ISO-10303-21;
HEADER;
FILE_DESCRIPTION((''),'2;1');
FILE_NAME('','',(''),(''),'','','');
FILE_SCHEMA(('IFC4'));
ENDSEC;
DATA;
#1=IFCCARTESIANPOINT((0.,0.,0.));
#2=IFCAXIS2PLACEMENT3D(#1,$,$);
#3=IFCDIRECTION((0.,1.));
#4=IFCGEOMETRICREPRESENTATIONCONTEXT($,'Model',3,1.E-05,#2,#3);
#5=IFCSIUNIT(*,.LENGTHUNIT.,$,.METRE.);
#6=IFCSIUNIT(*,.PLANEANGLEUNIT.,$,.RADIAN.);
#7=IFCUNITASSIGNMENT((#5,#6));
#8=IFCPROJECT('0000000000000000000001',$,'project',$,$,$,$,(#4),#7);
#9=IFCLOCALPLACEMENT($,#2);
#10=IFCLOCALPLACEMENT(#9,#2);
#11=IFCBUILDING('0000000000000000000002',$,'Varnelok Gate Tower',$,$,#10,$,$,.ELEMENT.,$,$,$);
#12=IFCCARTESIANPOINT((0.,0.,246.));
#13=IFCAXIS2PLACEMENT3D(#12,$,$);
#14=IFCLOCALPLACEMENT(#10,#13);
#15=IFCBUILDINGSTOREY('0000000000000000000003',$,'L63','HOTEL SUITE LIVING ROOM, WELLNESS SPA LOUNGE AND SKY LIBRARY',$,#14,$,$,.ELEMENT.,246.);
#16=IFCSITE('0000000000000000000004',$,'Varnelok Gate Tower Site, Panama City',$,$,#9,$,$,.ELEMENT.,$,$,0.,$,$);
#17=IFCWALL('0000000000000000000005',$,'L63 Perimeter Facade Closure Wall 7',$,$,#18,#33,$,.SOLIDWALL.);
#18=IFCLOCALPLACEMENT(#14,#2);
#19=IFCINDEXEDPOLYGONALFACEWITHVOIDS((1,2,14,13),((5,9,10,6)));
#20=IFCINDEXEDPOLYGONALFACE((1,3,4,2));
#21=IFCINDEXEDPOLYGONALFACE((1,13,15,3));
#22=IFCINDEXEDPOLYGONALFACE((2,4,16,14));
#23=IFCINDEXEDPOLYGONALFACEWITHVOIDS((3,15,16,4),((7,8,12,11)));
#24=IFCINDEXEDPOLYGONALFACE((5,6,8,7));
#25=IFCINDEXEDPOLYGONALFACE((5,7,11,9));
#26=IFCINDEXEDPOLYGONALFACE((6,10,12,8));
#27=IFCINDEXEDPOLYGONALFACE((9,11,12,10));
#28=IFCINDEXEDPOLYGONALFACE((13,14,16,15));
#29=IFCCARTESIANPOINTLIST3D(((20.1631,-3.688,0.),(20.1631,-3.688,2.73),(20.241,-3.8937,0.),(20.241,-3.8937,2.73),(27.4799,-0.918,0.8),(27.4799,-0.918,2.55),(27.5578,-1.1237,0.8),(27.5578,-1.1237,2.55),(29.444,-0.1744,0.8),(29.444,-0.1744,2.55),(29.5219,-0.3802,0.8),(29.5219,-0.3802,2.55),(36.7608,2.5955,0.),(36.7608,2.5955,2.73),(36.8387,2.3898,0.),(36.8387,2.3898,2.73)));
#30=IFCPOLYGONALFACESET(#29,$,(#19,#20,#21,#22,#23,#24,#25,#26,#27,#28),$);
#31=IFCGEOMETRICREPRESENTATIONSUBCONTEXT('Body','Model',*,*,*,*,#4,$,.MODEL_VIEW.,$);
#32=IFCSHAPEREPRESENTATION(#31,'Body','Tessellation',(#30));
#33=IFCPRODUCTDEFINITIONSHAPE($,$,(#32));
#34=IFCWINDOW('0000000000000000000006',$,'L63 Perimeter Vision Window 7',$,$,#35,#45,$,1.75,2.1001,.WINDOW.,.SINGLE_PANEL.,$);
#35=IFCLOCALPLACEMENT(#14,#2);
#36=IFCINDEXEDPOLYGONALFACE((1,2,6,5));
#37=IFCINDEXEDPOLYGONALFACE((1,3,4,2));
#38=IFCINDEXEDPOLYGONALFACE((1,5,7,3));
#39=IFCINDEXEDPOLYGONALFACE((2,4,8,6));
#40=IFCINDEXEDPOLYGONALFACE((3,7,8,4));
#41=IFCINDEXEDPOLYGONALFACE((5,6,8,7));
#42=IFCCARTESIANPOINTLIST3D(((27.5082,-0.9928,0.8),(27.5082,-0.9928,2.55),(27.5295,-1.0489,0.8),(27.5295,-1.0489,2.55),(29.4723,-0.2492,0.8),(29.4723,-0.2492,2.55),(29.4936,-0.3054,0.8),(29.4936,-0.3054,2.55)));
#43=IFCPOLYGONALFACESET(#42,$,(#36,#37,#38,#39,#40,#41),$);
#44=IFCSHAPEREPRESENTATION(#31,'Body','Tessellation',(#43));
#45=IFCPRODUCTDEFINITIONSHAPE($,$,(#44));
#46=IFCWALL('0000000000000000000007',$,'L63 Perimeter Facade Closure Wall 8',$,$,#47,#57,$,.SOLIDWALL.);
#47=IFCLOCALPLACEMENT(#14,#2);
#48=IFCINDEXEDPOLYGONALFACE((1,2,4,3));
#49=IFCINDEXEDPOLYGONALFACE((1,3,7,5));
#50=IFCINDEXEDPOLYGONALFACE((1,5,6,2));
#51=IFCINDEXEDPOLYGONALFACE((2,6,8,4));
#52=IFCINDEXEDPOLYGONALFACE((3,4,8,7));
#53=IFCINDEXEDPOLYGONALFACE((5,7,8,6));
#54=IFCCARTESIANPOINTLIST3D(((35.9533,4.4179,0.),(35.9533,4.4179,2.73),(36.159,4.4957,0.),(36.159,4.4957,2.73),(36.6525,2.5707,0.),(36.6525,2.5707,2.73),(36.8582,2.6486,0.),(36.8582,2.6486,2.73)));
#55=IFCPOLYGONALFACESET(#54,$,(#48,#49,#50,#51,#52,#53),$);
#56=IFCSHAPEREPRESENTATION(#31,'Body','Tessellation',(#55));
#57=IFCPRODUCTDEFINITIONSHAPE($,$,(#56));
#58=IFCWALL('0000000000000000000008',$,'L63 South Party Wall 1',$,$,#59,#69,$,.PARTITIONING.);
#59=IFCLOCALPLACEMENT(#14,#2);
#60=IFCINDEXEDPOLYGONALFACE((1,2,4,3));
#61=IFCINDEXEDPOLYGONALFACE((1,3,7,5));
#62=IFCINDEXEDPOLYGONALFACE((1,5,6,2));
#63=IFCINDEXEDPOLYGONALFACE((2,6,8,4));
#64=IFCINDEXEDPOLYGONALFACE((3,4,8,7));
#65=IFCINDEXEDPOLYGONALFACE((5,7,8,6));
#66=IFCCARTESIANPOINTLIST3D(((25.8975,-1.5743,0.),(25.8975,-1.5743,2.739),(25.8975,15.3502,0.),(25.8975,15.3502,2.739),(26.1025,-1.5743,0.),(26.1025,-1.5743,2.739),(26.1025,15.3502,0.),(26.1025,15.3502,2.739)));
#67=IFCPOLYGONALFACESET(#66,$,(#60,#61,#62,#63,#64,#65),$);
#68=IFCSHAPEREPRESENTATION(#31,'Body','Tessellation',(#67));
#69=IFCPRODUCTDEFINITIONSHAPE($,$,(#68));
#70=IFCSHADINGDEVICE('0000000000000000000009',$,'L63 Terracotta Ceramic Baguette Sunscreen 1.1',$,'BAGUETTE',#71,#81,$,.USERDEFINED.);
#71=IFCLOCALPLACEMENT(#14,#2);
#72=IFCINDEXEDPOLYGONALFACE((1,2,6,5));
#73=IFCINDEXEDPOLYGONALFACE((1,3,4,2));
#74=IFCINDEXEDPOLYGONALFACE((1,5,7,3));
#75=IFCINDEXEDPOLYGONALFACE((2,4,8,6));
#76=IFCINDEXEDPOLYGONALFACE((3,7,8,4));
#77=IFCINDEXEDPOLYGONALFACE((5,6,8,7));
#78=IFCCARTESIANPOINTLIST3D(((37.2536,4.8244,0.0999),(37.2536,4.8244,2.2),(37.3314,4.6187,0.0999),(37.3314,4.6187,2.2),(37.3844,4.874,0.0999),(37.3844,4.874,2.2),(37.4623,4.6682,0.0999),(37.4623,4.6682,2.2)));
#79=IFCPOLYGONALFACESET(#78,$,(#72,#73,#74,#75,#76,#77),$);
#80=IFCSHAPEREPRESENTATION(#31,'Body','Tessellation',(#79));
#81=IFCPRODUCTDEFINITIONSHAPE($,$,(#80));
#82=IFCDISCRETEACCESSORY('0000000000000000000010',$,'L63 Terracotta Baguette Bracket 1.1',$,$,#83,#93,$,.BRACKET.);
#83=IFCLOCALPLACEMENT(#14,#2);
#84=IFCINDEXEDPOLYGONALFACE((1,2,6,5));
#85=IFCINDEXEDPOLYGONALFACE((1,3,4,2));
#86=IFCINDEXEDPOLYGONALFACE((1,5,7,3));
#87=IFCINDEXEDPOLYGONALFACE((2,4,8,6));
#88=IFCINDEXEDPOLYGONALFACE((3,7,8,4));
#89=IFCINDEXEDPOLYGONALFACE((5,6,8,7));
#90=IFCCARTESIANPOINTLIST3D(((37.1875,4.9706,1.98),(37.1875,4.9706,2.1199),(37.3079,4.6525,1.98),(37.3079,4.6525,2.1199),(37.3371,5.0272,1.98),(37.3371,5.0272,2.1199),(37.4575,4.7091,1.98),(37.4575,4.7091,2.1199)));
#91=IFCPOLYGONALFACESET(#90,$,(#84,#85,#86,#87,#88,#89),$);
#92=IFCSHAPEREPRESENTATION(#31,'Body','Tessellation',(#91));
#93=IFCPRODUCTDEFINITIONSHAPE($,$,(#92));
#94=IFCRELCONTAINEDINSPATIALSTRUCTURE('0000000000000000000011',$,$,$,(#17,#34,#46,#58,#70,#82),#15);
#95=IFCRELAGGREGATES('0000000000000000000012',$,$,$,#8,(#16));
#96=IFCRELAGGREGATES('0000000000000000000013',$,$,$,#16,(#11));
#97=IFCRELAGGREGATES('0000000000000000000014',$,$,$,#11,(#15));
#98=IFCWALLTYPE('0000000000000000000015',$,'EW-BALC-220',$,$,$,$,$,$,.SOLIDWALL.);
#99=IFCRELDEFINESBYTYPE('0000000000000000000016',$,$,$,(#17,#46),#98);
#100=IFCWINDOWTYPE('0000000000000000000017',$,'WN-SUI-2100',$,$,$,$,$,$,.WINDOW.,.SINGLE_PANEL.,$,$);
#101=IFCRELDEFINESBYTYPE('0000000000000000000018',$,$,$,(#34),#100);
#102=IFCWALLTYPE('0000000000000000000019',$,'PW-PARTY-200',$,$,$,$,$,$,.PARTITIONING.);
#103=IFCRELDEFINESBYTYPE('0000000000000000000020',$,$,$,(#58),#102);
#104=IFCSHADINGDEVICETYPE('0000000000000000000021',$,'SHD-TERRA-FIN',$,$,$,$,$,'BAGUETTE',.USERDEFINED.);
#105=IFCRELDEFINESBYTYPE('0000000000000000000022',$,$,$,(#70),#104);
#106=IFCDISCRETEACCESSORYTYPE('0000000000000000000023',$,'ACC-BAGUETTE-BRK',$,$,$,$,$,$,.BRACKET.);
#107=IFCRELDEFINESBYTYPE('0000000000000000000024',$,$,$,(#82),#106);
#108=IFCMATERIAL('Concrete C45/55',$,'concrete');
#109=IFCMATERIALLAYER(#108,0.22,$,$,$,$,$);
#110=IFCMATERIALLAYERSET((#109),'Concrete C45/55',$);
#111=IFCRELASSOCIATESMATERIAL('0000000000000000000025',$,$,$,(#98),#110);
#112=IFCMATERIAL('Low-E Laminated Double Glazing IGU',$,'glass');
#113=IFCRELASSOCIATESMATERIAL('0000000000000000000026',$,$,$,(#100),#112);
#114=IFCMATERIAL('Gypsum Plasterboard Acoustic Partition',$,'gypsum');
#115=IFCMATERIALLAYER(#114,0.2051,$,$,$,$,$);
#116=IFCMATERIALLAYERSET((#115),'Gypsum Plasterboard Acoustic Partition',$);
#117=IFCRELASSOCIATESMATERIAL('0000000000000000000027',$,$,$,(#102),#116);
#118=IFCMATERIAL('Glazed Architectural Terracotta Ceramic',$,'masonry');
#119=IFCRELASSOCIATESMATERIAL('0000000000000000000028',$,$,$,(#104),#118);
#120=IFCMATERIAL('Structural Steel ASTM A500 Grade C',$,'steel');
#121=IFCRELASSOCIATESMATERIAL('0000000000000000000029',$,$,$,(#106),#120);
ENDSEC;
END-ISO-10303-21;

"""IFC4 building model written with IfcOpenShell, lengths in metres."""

from ifc_helpers import new_model, si_unit, direction, frame, frame_2d, origin, origin_2d, place, context, subcontext, project, spatial, rectangle, extrude, source, transform, mapped, material, layer, layer_set, type_object, element, fill, save


model = new_model("IFC4")

# Units and contexts
model_context = context("Model", 3, precision=1e-05, world=origin(), true_north=direction((0.0, 1.0)))
body_context = subcontext(model_context, "Body", "Model", "MODEL_VIEW")
ifc_project = project(units=[si_unit("LENGTHUNIT", "METRE"), si_unit("PLANEANGLEUNIT", "RADIAN")], contexts=[model_context])

# Site, building, storey
site_placement = place(None, origin())
site = spatial("IfcSite", under=ifc_project, at=site_placement, Name="Varnelok Gate Tower Site, Panama City", CompositionType="ELEMENT", RefElevation=0.0)
building_placement = place(site_placement, origin())
building = spatial("IfcBuilding", under=site, at=building_placement, Name="Varnelok Gate Tower", CompositionType="ELEMENT")
storey_placement = place(building_placement, frame((0.0, 0.0, 246.0)))
storey = spatial("IfcBuildingStorey", under=building, at=storey_placement, Name="L63", Description="HOTEL SUITE LIVING ROOM, WELLNESS SPA LOUNGE AND SKY LIBRARY", CompositionType="ELEMENT", Elevation=246.0)

# Shared definitions
ifc_material_1 = material(Name="Concrete C45/55", Category="concrete")
ifc_layer_1 = layer(ifc_material_1, 0.22)
ifc_layer_set_1 = layer_set([ifc_layer_1], Name="Concrete C45/55")
wall_type_1 = type_object("IfcWallType", Name="EW-BALC-220", PredefinedType="SOLIDWALL", material=ifc_layer_set_1)

# Wall, opening, window
wall_1_placement = place(storey_placement, frame((20.2021, -3.7908, 0.0), z_axis=(0.0, 0.0, 1.0), x_axis=(0.935226, 0.354052, 0.0)))
wall_1 = element("IfcWall", 1, at=wall_1_placement, inside=storey, type_object=wall_type_1, Name="L63 Perimeter Facade Closure Wall 7", PredefinedType="SOLIDWALL", context=body_context, shape_type="SweptSolid", body=[
    extrude(rectangle(XDim=17.7473, YDim=0.22, at=frame_2d((8.8735, 0.0))), origin(), (0.0, 0.0, 1.0), 2.73),
])
opening_placement = place(wall_1_placement, frame((7.8235, 0.0, 0.8)))
opening = element("IfcOpeningElement", 2, at=opening_placement, cuts=wall_1, PredefinedType="OPENING", context=body_context, shape_type="SweptSolid", body=[
    extrude(rectangle(XDim=2.1001, YDim=1.75, at=frame_2d((1.05, 0.875))), frame((0.0, 0.1199, 0.0), z_axis=(0.0, -1.0, 0.0), x_axis=(1.0, 0.0, 0.0)), (0.0, 0.0, 1.0), 0.24),
])
ifc_material_2 = material(Name="Low-E Laminated Double Glazing IGU", Category="glass")
window_type = type_object("IfcWindowType", Name="WN-SUI-2100", PartitioningType="SINGLE_PANEL", PredefinedType="WINDOW", material=ifc_material_2)
window_placement = place(opening_placement, origin())
window = element("IfcWindow", 3, at=window_placement, inside=storey, type_object=window_type, Name="L63 Perimeter Vision Window 7", OverallHeight=1.75, OverallWidth=2.1001, PartitioningType="SINGLE_PANEL", PredefinedType="WINDOW", context=body_context, shape_type="SweptSolid", body=[
    extrude(rectangle(XDim=2.1001, YDim=1.75, at=frame_2d((1.05, 0.875))), frame((0.0, 0.03, 0.0), z_axis=(0.0, -1.0, 0.0), x_axis=(1.0, 0.0, 0.0)), (0.0, 0.0, 1.0), 0.0601),
])
fill(opening, window)

# Walls
wall_2_placement = place(storey_placement, frame((36.7554, 2.6096, 0.0), z_axis=(0.0, 0.0, 1.0), x_axis=(-0.354021, 0.935238, 0.0)))
element("IfcWall", 4, at=wall_2_placement, inside=storey, type_object=wall_type_1, Name="L63 Perimeter Facade Closure Wall 8", PredefinedType="SOLIDWALL", context=body_context, shape_type="SweptSolid", body=[
    extrude(rectangle(XDim=1.9751, YDim=0.22, at=frame_2d((0.9875, 0.0))), origin(), (0.0, 0.0, 1.0), 2.73),
])
ifc_material_3 = material(Name="Gypsum Plasterboard Acoustic Partition", Category="gypsum")
ifc_layer_2 = layer(ifc_material_3, 0.2051)
ifc_layer_set_2 = layer_set([ifc_layer_2], Name="Gypsum Plasterboard Acoustic Partition")
wall_type_2 = type_object("IfcWallType", Name="PW-PARTY-200", PredefinedType="PARTITIONING", material=ifc_layer_set_2)
wall_3_placement = place(storey_placement, frame((26.0, -1.5745, 0.0), z_axis=(0.0, 0.0, 1.0), x_axis=(0.0, 1.0, 0.0)))
element("IfcWall", 5, at=wall_3_placement, inside=storey, type_object=wall_type_2, Name="L63 South Party Wall 1", PredefinedType="PARTITIONING", context=body_context, shape_type="SweptSolid", body=[
    extrude(rectangle(XDim=16.9246, YDim=0.2051, at=frame_2d((8.4624, 0.0))), origin(), (0.0, 0.0, 1.0), 2.739),
])

# Shading device
ifc_material_4 = material(Name="Glazed Architectural Terracotta Ceramic", Category="masonry")
shading_device_type = type_object("IfcShadingDeviceType", Name="SHD-TERRA-FIN", ElementType="BAGUETTE", PredefinedType="USERDEFINED", material=ifc_material_4)
shared_shape_1 = source(origin(), body_context, "Body", "SweptSolid", [
    extrude(rectangle(XDim=0.1399, YDim=0.22, at=origin_2d()), origin(), (0.0, 0.0, 1.0), 2.1001),
])
shading_device_placement = place(storey_placement, frame((37.3579, 4.7463, 0.0999), z_axis=(0.0, 0.0, 1.0), x_axis=(0.935222, 0.354063, 0.0)))
element("IfcShadingDevice", 6, at=shading_device_placement, inside=storey, type_object=shading_device_type, Name="L63 Terracotta Ceramic Baguette Sunscreen 1.1", ObjectType="BAGUETTE", PredefinedType="USERDEFINED", context=body_context, shape_type="MappedRepresentation", body=[
    mapped(shared_shape_1, transform((0.0, 0.0, 0.0), scale=1.0)),
])

# Discrete accessory
ifc_material_5 = material(Name="Structural Steel ASTM A500 Grade C", Category="steel")
discrete_accessory_type = type_object("IfcDiscreteAccessoryType", Name="ACC-BAGUETTE-BRK", PredefinedType="BRACKET", material=ifc_material_5)
shared_shape_2 = source(origin(), body_context, "Body", "SweptSolid", [
    extrude(rectangle(XDim=0.1599, YDim=0.3401, at=origin_2d()), origin(), (0.0, 0.0, 1.0), 0.1399),
])
discrete_accessory_placement = place(storey_placement, frame((37.3225, 4.8398, 1.98), z_axis=(0.0, 0.0, 1.0), x_axis=(0.935222, 0.354063, 0.0)))
element("IfcDiscreteAccessory", 7, at=discrete_accessory_placement, inside=storey, type_object=discrete_accessory_type, Name="L63 Terracotta Baguette Bracket 1.1", PredefinedType="BRACKET", context=body_context, shape_type="MappedRepresentation", body=[
    mapped(shared_shape_2, transform((0.0, 0.0, 0.0), scale=1.0)),
])

save(model, "model.ifc")
